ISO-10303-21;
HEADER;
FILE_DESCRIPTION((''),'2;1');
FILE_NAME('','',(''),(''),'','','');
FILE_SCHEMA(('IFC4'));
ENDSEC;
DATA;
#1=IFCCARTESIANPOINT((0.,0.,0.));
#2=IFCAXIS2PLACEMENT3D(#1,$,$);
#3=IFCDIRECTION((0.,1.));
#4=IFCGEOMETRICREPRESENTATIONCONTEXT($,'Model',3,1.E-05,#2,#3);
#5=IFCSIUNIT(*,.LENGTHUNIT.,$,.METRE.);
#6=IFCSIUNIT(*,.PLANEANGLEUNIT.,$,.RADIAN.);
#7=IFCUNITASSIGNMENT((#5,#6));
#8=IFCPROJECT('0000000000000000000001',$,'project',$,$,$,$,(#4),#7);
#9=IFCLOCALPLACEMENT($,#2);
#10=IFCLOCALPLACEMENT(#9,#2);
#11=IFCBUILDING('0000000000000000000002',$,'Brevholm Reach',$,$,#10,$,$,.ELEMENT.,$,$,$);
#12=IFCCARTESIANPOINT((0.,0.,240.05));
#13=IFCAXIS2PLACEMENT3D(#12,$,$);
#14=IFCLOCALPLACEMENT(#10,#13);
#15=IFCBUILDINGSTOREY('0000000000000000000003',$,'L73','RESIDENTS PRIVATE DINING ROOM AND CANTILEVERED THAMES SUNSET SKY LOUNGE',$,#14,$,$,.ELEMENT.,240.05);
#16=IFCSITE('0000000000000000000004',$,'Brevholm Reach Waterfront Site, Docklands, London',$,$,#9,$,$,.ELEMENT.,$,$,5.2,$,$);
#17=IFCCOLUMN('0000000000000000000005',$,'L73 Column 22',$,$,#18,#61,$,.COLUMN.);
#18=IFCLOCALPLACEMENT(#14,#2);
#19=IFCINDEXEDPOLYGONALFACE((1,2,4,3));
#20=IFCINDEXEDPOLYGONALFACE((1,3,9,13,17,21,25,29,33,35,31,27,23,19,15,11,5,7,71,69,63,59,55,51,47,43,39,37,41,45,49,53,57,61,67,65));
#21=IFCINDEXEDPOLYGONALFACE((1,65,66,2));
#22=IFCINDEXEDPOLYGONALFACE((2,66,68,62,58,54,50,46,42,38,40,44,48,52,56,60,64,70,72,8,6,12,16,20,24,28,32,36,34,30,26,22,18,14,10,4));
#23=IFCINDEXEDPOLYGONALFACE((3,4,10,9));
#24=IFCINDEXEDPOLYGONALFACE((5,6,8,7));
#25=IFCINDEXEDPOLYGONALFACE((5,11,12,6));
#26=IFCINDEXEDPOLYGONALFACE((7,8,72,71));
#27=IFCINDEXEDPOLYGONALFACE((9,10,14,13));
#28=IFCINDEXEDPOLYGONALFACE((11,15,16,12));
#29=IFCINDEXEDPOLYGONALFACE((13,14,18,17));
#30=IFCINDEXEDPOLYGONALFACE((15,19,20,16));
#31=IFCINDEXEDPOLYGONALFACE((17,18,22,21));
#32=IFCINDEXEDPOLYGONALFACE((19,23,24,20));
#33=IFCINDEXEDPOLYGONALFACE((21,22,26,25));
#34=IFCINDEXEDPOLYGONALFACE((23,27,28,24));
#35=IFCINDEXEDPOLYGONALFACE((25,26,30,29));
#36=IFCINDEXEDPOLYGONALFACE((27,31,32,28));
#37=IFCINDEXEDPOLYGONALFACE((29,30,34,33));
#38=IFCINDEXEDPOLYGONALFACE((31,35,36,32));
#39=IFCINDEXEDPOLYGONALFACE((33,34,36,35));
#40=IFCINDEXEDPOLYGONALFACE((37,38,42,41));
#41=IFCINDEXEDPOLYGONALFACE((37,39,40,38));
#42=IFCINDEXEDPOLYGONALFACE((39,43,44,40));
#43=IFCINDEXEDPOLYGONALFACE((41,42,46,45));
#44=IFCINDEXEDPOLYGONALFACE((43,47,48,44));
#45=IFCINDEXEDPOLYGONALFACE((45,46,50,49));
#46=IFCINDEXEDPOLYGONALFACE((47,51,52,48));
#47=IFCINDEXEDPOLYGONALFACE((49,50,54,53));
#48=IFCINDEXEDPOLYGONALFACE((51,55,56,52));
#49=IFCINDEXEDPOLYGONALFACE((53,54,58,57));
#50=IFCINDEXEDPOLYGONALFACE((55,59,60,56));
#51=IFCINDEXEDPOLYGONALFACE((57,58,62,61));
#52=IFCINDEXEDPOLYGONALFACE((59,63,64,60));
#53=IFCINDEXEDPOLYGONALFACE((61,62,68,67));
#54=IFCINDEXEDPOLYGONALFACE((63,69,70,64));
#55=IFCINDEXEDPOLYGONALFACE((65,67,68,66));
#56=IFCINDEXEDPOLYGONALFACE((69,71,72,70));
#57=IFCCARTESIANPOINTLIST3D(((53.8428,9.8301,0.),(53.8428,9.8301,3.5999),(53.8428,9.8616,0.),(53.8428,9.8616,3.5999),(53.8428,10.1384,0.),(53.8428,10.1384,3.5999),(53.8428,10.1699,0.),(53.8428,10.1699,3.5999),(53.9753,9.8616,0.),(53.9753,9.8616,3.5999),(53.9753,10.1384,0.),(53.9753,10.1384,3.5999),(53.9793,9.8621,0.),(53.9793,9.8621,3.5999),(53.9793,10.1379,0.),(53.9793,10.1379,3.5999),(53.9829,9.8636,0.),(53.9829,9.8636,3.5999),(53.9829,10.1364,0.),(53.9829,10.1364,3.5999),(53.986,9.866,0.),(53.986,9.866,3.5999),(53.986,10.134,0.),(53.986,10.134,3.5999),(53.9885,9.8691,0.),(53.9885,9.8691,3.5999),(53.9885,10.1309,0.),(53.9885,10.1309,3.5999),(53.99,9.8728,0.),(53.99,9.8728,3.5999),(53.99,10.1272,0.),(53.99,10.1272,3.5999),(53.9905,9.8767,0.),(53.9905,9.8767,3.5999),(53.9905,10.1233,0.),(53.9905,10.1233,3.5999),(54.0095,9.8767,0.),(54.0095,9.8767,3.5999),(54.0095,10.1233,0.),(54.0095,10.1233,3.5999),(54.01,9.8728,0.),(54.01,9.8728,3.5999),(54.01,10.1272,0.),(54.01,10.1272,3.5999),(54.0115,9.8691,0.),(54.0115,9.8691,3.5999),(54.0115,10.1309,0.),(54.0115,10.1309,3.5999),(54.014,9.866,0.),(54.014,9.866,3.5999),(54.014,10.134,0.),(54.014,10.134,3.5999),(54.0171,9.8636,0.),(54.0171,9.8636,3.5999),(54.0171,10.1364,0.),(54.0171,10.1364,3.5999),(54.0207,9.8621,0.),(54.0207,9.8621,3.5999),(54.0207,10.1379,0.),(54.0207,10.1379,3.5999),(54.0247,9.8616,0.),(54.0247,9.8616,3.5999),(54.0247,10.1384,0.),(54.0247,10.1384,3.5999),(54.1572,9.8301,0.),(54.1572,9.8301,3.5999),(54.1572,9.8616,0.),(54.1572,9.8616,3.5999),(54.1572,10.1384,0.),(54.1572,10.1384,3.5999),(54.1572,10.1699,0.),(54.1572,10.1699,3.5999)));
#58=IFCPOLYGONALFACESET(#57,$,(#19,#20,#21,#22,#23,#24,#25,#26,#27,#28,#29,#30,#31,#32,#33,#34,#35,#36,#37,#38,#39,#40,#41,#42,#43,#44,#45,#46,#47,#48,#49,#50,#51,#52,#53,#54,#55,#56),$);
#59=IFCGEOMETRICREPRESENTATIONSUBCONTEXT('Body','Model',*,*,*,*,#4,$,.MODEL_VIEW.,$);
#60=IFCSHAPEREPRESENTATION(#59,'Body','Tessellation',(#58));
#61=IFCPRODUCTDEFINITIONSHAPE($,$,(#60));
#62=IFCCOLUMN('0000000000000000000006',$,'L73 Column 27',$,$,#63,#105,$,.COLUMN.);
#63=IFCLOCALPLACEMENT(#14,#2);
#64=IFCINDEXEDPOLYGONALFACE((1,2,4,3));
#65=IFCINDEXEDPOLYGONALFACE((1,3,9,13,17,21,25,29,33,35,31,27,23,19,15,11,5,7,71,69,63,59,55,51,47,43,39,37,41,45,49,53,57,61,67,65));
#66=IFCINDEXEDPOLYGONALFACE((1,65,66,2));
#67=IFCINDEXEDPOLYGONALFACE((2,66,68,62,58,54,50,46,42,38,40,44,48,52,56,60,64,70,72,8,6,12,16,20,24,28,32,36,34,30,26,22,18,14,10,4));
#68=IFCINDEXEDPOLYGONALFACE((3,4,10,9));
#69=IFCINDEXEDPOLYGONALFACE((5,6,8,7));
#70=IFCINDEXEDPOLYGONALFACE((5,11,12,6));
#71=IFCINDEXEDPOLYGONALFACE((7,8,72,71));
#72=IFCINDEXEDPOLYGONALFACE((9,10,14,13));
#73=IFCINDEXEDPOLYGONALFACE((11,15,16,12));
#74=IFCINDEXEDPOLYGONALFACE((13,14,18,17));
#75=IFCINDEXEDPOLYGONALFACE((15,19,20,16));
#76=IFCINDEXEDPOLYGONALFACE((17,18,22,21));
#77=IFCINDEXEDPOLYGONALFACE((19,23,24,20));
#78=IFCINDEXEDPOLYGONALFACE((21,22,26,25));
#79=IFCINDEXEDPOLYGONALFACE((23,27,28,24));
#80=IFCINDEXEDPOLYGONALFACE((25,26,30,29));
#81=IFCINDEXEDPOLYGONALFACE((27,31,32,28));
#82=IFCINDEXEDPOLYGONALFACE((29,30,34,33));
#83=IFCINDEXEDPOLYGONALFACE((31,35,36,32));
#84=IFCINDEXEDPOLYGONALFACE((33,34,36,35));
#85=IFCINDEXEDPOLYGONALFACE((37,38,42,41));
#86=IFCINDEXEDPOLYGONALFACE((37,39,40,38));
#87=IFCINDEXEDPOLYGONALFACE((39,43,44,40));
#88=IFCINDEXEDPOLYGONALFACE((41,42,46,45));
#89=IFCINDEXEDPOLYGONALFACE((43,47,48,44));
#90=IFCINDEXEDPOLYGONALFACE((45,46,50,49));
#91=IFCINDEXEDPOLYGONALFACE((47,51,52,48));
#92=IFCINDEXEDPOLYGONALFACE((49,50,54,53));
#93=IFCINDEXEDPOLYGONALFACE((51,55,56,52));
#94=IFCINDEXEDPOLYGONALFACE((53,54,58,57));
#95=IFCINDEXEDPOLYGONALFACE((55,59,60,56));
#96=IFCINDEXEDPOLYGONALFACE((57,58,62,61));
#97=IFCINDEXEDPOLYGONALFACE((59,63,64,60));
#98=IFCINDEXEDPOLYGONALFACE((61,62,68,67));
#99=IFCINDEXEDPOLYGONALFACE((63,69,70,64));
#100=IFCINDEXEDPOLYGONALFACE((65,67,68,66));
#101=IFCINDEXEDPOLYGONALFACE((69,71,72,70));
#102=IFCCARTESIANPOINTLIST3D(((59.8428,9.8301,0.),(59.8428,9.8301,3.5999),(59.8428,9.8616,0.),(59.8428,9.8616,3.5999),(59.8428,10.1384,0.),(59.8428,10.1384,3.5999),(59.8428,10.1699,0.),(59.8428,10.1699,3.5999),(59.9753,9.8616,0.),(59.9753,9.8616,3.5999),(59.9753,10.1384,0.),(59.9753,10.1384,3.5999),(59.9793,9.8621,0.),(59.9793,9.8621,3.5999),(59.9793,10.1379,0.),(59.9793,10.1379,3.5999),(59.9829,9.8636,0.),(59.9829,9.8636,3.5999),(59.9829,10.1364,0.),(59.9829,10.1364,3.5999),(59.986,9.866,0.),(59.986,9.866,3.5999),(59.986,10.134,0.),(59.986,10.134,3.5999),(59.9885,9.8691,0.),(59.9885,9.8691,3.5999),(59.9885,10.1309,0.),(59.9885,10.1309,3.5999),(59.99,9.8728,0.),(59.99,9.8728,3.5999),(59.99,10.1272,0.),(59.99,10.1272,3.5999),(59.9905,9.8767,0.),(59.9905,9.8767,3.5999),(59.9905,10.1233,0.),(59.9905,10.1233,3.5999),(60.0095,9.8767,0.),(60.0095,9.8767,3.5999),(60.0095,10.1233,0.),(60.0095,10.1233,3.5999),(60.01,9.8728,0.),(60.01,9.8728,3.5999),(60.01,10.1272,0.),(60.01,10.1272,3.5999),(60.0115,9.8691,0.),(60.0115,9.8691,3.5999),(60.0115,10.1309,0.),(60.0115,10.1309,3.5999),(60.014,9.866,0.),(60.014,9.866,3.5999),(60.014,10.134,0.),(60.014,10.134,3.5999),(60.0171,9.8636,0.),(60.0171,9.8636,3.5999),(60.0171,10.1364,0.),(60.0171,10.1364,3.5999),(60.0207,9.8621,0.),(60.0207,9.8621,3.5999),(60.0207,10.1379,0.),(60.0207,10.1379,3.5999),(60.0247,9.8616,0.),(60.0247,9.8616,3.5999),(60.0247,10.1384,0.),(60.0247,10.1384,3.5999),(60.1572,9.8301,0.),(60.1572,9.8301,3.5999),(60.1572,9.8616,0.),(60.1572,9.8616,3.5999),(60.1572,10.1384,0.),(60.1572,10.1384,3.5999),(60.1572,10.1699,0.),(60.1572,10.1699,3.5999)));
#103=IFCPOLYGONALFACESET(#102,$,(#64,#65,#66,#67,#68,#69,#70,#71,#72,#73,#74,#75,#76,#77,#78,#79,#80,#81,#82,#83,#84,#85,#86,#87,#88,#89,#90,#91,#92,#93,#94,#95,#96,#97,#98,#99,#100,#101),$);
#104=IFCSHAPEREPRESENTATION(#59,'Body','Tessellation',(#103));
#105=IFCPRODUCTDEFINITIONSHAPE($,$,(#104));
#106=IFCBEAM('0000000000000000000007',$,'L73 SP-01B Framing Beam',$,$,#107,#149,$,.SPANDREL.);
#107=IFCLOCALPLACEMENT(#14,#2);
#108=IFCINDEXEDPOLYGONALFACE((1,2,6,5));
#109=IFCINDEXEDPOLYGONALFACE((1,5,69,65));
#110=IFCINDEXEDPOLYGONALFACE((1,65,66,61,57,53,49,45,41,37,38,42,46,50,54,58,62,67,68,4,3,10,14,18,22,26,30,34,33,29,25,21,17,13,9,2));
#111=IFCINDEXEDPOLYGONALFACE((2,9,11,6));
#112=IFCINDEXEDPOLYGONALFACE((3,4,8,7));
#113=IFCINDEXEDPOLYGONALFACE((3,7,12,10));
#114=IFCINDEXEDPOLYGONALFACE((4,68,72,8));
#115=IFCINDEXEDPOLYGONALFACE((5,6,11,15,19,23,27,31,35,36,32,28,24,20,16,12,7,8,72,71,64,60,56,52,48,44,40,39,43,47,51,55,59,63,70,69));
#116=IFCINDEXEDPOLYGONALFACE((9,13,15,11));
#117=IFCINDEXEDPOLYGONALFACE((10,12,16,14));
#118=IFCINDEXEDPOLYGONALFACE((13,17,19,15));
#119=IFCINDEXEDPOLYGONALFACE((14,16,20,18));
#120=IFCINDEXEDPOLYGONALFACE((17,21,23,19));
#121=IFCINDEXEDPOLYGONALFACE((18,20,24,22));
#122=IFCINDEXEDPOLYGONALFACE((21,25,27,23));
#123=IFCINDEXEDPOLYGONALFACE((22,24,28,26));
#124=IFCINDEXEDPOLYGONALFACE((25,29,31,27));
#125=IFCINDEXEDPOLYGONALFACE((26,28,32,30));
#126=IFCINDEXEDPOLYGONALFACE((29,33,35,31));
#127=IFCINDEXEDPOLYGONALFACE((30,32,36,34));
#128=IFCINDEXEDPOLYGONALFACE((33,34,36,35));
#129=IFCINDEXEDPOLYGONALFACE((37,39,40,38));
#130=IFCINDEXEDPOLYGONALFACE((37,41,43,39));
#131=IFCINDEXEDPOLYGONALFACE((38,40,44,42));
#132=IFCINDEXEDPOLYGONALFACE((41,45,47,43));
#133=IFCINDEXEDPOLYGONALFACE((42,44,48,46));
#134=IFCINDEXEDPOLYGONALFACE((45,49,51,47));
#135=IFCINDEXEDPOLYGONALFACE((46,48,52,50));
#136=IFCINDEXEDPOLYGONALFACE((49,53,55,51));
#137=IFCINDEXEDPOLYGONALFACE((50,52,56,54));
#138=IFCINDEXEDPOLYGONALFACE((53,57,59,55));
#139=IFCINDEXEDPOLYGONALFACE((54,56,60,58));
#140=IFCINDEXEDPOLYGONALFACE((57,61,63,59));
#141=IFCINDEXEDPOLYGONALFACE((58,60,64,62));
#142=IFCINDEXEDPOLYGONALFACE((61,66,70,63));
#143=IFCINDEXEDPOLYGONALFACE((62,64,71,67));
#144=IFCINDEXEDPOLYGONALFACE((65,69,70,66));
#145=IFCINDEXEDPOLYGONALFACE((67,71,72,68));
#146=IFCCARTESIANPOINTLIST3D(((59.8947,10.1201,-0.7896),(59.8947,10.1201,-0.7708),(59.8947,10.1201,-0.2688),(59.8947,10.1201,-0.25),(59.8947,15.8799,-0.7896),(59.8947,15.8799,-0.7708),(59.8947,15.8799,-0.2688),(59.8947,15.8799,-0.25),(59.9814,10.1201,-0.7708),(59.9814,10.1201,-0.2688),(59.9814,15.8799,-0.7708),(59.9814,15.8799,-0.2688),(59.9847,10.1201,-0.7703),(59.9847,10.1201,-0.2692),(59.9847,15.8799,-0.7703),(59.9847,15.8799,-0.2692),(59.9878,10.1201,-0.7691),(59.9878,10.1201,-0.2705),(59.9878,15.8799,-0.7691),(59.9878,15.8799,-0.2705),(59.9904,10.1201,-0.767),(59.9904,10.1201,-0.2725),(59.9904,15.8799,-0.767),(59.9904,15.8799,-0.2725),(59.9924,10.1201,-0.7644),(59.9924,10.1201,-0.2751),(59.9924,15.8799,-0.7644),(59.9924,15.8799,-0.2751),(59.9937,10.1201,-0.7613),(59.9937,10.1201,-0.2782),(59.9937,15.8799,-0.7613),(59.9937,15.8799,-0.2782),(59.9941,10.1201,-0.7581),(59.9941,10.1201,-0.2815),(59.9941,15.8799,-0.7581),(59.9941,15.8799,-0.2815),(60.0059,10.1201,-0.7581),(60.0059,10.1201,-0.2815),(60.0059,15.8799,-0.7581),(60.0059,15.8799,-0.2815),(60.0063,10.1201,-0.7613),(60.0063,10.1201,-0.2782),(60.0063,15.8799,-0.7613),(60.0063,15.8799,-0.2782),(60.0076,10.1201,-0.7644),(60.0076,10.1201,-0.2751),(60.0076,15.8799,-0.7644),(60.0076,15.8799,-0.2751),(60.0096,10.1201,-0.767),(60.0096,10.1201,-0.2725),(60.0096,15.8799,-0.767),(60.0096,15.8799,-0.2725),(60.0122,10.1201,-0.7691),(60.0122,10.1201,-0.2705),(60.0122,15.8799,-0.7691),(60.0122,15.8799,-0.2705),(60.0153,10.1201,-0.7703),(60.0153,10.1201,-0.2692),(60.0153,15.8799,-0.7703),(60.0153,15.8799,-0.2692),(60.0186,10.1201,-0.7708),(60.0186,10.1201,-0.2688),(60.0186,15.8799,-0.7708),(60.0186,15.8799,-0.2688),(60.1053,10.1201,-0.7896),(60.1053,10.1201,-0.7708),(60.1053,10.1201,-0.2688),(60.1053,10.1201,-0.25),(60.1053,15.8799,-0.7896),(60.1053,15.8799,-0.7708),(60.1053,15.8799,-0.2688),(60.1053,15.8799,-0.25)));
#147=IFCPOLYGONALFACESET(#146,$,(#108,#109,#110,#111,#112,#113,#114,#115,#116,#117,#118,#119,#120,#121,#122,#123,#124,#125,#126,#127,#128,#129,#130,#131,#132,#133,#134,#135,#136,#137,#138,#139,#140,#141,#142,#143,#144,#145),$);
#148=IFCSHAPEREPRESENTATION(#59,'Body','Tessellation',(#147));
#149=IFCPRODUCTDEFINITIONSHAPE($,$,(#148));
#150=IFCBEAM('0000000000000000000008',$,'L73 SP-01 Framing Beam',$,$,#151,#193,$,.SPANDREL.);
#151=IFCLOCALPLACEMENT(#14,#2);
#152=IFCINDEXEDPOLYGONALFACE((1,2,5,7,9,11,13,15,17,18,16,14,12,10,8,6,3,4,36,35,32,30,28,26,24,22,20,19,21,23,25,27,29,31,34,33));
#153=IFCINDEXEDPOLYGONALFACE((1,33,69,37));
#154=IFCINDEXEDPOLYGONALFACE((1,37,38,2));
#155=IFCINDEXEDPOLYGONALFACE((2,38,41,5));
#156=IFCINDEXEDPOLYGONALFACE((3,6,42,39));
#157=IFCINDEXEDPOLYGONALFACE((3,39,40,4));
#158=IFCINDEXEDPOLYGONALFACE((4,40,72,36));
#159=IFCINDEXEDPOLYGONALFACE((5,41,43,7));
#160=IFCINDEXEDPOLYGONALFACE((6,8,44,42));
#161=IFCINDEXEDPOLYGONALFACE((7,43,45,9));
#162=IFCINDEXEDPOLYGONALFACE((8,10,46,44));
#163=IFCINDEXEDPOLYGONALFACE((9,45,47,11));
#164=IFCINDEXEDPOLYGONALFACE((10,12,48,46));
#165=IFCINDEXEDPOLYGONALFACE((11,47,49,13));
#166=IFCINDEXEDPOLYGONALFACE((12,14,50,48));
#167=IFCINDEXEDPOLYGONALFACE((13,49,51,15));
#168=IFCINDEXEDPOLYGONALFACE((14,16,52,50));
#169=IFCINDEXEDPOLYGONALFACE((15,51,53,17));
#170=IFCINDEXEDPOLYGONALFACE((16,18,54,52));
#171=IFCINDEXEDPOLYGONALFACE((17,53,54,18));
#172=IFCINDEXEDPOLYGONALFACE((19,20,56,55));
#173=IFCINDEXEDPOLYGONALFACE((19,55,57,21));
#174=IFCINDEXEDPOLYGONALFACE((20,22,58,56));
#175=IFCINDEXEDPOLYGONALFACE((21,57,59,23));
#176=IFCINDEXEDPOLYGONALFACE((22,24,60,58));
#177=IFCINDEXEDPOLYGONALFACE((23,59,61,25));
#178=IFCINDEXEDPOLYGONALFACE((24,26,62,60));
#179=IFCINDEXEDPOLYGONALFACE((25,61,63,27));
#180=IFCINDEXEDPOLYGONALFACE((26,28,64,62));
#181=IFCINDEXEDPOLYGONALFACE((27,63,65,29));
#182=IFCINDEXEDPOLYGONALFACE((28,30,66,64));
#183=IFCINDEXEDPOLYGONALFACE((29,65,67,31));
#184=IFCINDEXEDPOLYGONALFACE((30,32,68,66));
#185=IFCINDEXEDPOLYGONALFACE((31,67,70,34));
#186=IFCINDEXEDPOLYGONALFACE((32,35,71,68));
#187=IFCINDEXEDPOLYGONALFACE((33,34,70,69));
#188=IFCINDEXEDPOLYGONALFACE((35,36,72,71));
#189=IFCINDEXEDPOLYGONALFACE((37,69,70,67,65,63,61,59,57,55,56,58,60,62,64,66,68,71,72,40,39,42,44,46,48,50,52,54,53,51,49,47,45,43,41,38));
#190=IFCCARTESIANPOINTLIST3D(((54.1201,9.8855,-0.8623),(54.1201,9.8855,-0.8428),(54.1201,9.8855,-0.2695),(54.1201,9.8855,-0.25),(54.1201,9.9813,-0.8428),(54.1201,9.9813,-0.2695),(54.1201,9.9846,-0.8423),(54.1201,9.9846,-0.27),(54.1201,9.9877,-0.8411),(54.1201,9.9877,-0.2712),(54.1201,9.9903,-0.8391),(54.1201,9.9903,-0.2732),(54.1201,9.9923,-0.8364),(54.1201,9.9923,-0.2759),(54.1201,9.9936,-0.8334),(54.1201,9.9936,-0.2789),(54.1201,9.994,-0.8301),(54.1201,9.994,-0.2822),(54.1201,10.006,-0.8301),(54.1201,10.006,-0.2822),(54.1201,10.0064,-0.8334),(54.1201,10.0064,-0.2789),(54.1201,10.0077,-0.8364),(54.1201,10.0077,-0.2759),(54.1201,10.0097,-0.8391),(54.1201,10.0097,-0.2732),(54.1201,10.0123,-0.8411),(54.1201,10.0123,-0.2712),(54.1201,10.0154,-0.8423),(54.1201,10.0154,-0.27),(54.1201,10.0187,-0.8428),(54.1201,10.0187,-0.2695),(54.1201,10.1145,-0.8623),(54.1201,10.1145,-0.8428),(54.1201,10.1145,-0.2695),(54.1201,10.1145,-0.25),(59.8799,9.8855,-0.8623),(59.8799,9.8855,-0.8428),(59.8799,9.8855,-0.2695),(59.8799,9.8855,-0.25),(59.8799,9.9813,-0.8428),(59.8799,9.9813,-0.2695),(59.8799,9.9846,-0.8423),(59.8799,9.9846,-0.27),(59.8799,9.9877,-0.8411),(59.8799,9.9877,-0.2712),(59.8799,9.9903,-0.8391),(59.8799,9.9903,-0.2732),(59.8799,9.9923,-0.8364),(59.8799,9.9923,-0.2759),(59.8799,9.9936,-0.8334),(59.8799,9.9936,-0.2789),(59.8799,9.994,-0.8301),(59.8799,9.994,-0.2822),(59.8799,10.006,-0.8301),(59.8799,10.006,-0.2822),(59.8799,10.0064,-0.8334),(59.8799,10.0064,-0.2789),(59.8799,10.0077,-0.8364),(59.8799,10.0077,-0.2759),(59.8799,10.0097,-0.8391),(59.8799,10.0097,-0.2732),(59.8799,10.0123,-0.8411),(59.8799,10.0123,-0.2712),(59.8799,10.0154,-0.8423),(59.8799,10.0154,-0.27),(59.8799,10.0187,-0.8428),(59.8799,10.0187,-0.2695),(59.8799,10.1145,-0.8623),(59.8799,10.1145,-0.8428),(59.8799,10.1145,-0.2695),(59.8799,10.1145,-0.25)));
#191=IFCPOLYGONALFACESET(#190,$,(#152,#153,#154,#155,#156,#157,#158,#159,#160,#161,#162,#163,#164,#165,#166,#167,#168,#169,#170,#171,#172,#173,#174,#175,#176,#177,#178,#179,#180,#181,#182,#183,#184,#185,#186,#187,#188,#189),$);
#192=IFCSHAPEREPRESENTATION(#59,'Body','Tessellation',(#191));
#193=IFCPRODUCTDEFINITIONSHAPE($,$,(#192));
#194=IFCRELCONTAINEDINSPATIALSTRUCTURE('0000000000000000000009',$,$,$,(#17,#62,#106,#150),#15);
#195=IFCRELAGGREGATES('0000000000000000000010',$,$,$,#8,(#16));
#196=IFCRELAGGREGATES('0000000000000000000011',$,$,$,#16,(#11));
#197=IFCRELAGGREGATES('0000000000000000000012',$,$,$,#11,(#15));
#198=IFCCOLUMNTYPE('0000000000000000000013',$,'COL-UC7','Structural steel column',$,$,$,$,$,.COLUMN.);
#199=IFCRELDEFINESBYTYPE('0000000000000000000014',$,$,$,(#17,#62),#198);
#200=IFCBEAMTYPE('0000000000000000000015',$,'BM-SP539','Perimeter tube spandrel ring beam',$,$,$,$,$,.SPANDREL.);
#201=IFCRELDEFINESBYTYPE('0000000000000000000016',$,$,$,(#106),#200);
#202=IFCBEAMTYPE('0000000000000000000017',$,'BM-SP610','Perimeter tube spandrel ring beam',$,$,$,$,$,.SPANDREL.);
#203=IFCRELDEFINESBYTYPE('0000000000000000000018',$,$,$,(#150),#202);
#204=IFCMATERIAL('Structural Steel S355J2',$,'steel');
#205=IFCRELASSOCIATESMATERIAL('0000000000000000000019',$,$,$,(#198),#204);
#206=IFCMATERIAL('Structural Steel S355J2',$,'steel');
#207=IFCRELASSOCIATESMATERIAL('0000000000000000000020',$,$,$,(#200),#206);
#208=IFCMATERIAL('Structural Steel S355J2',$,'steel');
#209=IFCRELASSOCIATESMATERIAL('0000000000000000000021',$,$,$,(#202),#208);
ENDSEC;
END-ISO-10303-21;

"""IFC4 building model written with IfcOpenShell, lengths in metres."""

from ifc_helpers import new_model, si_unit, direction, frame, origin, origin_2d, place, context, subcontext, project, spatial, i_section, extrude, material, material_profile, profile_set, type_object, element, save


model = new_model("IFC4")

# Units and contexts
model_context = context("Model", 3, precision=1e-05, world=origin(), true_north=direction((0.0, 1.0)))
body_context = subcontext(model_context, "Body", "Model", "MODEL_VIEW")
ifc_project = project(units=[si_unit("LENGTHUNIT", "METRE"), si_unit("PLANEANGLEUNIT", "RADIAN")], contexts=[model_context])

# Site, building, storey
site_placement = place(None, origin())
site = spatial("IfcSite", under=ifc_project, at=site_placement, Name="Brevholm Reach Waterfront Site, Docklands, London", CompositionType="ELEMENT", RefElevation=5.2)
building_placement = place(site_placement, origin())
building = spatial("IfcBuilding", under=site, at=building_placement, Name="Brevholm Reach", CompositionType="ELEMENT")
storey_placement = place(building_placement, frame((0.0, 0.0, 240.05)))
storey = spatial("IfcBuildingStorey", under=building, at=storey_placement, Name="L73", Description="RESIDENTS PRIVATE DINING ROOM AND CANTILEVERED THAMES SUNSET SKY LOUNGE", CompositionType="ELEMENT", Elevation=240.05)

# Columns
ifc_material_1 = material(Name="Structural Steel S355J2", Category="steel")
ifc_material_profile_1 = material_profile(ifc_material_1, i_section(OverallWidth=0.3145, OverallDepth=0.3398, WebThickness=0.019, FlangeThickness=0.0315, FilletRadius=0.0151, at=origin_2d()), Name="UKC 305x305x198")
ifc_profile_set_1 = profile_set([ifc_material_profile_1], Name="Structural Steel S355J2")
column_type = type_object("IfcColumnType", Name="COL-UC7", Description="Structural steel column", PredefinedType="COLUMN", material=ifc_profile_set_1)
for number, where, z_axis, x_axis, name in (
    (1, (54.0, 10.0, 0.0), (0.0, 0.0, 1.0), (1.0, 0.0, 0.0), "L73 Column 22"),
    (2, (60.0, 10.0, 0.0), (0.0, 0.0, 1.0), (1.0, 0.0, 0.0), "L73 Column 27"),
):
    element("IfcColumn", number, at=place(storey_placement, frame(where, z_axis=z_axis, x_axis=x_axis)), inside=storey, type_object=column_type, Name=name, PredefinedType="COLUMN", context=body_context, shape_type="SweptSolid", body=[
        extrude(i_section(OverallWidth=0.3145, OverallDepth=0.3398, WebThickness=0.019, FlangeThickness=0.0315, FilletRadius=0.0151, at=origin_2d()), origin(), (0.0, 0.0, 1.0), 3.5999),
    ])

# Beams
ifc_material_2 = material(Name="Structural Steel S355J2", Category="steel")
ifc_material_profile_2 = material_profile(ifc_material_2, i_section(OverallWidth=0.2107, OverallDepth=0.5396, WebThickness=0.0117, FlangeThickness=0.0188, FilletRadius=0.0127, at=origin_2d()), Name="UKB 533x210x109")
ifc_profile_set_2 = profile_set([ifc_material_profile_2], Name="Structural Steel S355J2")
beam_type_1 = type_object("IfcBeamType", Name="BM-SP539", Description="Perimeter tube spandrel ring beam", PredefinedType="SPANDREL", material=ifc_profile_set_2)
beam_placement = place(storey_placement, frame((60.0, 10.1201, -0.5198), z_axis=(0.0, 1.0, 0.0), x_axis=(-1.0, 0.0, 0.0)))
element("IfcBeam", 3, at=beam_placement, inside=storey, type_object=beam_type_1, Name="L73 SP-01B Framing Beam", PredefinedType="SPANDREL", context=body_context, shape_type="SweptSolid", body=[
    extrude(i_section(OverallWidth=0.2107, OverallDepth=0.5396, WebThickness=0.0117, FlangeThickness=0.0188, FilletRadius=0.0127, at=origin_2d()), origin(), (0.0, 0.0, 1.0), 5.7598),
])
ifc_material_3 = material(Name="Structural Steel S355J2", Category="steel")
ifc_material_profile_3 = material_profile(ifc_material_3, i_section(OverallWidth=0.229, OverallDepth=0.6123, WebThickness=0.012, FlangeThickness=0.0195, FilletRadius=0.0127, at=origin_2d()), Name="UKB 610x229x125")
ifc_profile_set_3 = profile_set([ifc_material_profile_3], Name="Structural Steel S355J2")
beam_type_2 = type_object("IfcBeamType", Name="BM-SP610", Description="Perimeter tube spandrel ring beam", PredefinedType="SPANDREL", material=ifc_profile_set_3)
for number, where, z_axis, x_axis, name in (
    (4, (54.1201, 10.0, -0.5562), (1.0, 0.0, 0.0), (0.0, 1.0, 0.0), "L73 SP-01 Framing Beam"),
):
    element("IfcBeam", number, at=place(storey_placement, frame(where, z_axis=z_axis, x_axis=x_axis)), inside=storey, type_object=beam_type_2, Name=name, PredefinedType="SPANDREL", context=body_context, shape_type="SweptSolid", body=[
        extrude(i_section(OverallWidth=0.229, OverallDepth=0.6123, WebThickness=0.012, FlangeThickness=0.0195, FilletRadius=0.0127, at=origin_2d()), origin(), (0.0, 0.0, 1.0), 5.7598),
    ])

save(model, "model.ifc")
